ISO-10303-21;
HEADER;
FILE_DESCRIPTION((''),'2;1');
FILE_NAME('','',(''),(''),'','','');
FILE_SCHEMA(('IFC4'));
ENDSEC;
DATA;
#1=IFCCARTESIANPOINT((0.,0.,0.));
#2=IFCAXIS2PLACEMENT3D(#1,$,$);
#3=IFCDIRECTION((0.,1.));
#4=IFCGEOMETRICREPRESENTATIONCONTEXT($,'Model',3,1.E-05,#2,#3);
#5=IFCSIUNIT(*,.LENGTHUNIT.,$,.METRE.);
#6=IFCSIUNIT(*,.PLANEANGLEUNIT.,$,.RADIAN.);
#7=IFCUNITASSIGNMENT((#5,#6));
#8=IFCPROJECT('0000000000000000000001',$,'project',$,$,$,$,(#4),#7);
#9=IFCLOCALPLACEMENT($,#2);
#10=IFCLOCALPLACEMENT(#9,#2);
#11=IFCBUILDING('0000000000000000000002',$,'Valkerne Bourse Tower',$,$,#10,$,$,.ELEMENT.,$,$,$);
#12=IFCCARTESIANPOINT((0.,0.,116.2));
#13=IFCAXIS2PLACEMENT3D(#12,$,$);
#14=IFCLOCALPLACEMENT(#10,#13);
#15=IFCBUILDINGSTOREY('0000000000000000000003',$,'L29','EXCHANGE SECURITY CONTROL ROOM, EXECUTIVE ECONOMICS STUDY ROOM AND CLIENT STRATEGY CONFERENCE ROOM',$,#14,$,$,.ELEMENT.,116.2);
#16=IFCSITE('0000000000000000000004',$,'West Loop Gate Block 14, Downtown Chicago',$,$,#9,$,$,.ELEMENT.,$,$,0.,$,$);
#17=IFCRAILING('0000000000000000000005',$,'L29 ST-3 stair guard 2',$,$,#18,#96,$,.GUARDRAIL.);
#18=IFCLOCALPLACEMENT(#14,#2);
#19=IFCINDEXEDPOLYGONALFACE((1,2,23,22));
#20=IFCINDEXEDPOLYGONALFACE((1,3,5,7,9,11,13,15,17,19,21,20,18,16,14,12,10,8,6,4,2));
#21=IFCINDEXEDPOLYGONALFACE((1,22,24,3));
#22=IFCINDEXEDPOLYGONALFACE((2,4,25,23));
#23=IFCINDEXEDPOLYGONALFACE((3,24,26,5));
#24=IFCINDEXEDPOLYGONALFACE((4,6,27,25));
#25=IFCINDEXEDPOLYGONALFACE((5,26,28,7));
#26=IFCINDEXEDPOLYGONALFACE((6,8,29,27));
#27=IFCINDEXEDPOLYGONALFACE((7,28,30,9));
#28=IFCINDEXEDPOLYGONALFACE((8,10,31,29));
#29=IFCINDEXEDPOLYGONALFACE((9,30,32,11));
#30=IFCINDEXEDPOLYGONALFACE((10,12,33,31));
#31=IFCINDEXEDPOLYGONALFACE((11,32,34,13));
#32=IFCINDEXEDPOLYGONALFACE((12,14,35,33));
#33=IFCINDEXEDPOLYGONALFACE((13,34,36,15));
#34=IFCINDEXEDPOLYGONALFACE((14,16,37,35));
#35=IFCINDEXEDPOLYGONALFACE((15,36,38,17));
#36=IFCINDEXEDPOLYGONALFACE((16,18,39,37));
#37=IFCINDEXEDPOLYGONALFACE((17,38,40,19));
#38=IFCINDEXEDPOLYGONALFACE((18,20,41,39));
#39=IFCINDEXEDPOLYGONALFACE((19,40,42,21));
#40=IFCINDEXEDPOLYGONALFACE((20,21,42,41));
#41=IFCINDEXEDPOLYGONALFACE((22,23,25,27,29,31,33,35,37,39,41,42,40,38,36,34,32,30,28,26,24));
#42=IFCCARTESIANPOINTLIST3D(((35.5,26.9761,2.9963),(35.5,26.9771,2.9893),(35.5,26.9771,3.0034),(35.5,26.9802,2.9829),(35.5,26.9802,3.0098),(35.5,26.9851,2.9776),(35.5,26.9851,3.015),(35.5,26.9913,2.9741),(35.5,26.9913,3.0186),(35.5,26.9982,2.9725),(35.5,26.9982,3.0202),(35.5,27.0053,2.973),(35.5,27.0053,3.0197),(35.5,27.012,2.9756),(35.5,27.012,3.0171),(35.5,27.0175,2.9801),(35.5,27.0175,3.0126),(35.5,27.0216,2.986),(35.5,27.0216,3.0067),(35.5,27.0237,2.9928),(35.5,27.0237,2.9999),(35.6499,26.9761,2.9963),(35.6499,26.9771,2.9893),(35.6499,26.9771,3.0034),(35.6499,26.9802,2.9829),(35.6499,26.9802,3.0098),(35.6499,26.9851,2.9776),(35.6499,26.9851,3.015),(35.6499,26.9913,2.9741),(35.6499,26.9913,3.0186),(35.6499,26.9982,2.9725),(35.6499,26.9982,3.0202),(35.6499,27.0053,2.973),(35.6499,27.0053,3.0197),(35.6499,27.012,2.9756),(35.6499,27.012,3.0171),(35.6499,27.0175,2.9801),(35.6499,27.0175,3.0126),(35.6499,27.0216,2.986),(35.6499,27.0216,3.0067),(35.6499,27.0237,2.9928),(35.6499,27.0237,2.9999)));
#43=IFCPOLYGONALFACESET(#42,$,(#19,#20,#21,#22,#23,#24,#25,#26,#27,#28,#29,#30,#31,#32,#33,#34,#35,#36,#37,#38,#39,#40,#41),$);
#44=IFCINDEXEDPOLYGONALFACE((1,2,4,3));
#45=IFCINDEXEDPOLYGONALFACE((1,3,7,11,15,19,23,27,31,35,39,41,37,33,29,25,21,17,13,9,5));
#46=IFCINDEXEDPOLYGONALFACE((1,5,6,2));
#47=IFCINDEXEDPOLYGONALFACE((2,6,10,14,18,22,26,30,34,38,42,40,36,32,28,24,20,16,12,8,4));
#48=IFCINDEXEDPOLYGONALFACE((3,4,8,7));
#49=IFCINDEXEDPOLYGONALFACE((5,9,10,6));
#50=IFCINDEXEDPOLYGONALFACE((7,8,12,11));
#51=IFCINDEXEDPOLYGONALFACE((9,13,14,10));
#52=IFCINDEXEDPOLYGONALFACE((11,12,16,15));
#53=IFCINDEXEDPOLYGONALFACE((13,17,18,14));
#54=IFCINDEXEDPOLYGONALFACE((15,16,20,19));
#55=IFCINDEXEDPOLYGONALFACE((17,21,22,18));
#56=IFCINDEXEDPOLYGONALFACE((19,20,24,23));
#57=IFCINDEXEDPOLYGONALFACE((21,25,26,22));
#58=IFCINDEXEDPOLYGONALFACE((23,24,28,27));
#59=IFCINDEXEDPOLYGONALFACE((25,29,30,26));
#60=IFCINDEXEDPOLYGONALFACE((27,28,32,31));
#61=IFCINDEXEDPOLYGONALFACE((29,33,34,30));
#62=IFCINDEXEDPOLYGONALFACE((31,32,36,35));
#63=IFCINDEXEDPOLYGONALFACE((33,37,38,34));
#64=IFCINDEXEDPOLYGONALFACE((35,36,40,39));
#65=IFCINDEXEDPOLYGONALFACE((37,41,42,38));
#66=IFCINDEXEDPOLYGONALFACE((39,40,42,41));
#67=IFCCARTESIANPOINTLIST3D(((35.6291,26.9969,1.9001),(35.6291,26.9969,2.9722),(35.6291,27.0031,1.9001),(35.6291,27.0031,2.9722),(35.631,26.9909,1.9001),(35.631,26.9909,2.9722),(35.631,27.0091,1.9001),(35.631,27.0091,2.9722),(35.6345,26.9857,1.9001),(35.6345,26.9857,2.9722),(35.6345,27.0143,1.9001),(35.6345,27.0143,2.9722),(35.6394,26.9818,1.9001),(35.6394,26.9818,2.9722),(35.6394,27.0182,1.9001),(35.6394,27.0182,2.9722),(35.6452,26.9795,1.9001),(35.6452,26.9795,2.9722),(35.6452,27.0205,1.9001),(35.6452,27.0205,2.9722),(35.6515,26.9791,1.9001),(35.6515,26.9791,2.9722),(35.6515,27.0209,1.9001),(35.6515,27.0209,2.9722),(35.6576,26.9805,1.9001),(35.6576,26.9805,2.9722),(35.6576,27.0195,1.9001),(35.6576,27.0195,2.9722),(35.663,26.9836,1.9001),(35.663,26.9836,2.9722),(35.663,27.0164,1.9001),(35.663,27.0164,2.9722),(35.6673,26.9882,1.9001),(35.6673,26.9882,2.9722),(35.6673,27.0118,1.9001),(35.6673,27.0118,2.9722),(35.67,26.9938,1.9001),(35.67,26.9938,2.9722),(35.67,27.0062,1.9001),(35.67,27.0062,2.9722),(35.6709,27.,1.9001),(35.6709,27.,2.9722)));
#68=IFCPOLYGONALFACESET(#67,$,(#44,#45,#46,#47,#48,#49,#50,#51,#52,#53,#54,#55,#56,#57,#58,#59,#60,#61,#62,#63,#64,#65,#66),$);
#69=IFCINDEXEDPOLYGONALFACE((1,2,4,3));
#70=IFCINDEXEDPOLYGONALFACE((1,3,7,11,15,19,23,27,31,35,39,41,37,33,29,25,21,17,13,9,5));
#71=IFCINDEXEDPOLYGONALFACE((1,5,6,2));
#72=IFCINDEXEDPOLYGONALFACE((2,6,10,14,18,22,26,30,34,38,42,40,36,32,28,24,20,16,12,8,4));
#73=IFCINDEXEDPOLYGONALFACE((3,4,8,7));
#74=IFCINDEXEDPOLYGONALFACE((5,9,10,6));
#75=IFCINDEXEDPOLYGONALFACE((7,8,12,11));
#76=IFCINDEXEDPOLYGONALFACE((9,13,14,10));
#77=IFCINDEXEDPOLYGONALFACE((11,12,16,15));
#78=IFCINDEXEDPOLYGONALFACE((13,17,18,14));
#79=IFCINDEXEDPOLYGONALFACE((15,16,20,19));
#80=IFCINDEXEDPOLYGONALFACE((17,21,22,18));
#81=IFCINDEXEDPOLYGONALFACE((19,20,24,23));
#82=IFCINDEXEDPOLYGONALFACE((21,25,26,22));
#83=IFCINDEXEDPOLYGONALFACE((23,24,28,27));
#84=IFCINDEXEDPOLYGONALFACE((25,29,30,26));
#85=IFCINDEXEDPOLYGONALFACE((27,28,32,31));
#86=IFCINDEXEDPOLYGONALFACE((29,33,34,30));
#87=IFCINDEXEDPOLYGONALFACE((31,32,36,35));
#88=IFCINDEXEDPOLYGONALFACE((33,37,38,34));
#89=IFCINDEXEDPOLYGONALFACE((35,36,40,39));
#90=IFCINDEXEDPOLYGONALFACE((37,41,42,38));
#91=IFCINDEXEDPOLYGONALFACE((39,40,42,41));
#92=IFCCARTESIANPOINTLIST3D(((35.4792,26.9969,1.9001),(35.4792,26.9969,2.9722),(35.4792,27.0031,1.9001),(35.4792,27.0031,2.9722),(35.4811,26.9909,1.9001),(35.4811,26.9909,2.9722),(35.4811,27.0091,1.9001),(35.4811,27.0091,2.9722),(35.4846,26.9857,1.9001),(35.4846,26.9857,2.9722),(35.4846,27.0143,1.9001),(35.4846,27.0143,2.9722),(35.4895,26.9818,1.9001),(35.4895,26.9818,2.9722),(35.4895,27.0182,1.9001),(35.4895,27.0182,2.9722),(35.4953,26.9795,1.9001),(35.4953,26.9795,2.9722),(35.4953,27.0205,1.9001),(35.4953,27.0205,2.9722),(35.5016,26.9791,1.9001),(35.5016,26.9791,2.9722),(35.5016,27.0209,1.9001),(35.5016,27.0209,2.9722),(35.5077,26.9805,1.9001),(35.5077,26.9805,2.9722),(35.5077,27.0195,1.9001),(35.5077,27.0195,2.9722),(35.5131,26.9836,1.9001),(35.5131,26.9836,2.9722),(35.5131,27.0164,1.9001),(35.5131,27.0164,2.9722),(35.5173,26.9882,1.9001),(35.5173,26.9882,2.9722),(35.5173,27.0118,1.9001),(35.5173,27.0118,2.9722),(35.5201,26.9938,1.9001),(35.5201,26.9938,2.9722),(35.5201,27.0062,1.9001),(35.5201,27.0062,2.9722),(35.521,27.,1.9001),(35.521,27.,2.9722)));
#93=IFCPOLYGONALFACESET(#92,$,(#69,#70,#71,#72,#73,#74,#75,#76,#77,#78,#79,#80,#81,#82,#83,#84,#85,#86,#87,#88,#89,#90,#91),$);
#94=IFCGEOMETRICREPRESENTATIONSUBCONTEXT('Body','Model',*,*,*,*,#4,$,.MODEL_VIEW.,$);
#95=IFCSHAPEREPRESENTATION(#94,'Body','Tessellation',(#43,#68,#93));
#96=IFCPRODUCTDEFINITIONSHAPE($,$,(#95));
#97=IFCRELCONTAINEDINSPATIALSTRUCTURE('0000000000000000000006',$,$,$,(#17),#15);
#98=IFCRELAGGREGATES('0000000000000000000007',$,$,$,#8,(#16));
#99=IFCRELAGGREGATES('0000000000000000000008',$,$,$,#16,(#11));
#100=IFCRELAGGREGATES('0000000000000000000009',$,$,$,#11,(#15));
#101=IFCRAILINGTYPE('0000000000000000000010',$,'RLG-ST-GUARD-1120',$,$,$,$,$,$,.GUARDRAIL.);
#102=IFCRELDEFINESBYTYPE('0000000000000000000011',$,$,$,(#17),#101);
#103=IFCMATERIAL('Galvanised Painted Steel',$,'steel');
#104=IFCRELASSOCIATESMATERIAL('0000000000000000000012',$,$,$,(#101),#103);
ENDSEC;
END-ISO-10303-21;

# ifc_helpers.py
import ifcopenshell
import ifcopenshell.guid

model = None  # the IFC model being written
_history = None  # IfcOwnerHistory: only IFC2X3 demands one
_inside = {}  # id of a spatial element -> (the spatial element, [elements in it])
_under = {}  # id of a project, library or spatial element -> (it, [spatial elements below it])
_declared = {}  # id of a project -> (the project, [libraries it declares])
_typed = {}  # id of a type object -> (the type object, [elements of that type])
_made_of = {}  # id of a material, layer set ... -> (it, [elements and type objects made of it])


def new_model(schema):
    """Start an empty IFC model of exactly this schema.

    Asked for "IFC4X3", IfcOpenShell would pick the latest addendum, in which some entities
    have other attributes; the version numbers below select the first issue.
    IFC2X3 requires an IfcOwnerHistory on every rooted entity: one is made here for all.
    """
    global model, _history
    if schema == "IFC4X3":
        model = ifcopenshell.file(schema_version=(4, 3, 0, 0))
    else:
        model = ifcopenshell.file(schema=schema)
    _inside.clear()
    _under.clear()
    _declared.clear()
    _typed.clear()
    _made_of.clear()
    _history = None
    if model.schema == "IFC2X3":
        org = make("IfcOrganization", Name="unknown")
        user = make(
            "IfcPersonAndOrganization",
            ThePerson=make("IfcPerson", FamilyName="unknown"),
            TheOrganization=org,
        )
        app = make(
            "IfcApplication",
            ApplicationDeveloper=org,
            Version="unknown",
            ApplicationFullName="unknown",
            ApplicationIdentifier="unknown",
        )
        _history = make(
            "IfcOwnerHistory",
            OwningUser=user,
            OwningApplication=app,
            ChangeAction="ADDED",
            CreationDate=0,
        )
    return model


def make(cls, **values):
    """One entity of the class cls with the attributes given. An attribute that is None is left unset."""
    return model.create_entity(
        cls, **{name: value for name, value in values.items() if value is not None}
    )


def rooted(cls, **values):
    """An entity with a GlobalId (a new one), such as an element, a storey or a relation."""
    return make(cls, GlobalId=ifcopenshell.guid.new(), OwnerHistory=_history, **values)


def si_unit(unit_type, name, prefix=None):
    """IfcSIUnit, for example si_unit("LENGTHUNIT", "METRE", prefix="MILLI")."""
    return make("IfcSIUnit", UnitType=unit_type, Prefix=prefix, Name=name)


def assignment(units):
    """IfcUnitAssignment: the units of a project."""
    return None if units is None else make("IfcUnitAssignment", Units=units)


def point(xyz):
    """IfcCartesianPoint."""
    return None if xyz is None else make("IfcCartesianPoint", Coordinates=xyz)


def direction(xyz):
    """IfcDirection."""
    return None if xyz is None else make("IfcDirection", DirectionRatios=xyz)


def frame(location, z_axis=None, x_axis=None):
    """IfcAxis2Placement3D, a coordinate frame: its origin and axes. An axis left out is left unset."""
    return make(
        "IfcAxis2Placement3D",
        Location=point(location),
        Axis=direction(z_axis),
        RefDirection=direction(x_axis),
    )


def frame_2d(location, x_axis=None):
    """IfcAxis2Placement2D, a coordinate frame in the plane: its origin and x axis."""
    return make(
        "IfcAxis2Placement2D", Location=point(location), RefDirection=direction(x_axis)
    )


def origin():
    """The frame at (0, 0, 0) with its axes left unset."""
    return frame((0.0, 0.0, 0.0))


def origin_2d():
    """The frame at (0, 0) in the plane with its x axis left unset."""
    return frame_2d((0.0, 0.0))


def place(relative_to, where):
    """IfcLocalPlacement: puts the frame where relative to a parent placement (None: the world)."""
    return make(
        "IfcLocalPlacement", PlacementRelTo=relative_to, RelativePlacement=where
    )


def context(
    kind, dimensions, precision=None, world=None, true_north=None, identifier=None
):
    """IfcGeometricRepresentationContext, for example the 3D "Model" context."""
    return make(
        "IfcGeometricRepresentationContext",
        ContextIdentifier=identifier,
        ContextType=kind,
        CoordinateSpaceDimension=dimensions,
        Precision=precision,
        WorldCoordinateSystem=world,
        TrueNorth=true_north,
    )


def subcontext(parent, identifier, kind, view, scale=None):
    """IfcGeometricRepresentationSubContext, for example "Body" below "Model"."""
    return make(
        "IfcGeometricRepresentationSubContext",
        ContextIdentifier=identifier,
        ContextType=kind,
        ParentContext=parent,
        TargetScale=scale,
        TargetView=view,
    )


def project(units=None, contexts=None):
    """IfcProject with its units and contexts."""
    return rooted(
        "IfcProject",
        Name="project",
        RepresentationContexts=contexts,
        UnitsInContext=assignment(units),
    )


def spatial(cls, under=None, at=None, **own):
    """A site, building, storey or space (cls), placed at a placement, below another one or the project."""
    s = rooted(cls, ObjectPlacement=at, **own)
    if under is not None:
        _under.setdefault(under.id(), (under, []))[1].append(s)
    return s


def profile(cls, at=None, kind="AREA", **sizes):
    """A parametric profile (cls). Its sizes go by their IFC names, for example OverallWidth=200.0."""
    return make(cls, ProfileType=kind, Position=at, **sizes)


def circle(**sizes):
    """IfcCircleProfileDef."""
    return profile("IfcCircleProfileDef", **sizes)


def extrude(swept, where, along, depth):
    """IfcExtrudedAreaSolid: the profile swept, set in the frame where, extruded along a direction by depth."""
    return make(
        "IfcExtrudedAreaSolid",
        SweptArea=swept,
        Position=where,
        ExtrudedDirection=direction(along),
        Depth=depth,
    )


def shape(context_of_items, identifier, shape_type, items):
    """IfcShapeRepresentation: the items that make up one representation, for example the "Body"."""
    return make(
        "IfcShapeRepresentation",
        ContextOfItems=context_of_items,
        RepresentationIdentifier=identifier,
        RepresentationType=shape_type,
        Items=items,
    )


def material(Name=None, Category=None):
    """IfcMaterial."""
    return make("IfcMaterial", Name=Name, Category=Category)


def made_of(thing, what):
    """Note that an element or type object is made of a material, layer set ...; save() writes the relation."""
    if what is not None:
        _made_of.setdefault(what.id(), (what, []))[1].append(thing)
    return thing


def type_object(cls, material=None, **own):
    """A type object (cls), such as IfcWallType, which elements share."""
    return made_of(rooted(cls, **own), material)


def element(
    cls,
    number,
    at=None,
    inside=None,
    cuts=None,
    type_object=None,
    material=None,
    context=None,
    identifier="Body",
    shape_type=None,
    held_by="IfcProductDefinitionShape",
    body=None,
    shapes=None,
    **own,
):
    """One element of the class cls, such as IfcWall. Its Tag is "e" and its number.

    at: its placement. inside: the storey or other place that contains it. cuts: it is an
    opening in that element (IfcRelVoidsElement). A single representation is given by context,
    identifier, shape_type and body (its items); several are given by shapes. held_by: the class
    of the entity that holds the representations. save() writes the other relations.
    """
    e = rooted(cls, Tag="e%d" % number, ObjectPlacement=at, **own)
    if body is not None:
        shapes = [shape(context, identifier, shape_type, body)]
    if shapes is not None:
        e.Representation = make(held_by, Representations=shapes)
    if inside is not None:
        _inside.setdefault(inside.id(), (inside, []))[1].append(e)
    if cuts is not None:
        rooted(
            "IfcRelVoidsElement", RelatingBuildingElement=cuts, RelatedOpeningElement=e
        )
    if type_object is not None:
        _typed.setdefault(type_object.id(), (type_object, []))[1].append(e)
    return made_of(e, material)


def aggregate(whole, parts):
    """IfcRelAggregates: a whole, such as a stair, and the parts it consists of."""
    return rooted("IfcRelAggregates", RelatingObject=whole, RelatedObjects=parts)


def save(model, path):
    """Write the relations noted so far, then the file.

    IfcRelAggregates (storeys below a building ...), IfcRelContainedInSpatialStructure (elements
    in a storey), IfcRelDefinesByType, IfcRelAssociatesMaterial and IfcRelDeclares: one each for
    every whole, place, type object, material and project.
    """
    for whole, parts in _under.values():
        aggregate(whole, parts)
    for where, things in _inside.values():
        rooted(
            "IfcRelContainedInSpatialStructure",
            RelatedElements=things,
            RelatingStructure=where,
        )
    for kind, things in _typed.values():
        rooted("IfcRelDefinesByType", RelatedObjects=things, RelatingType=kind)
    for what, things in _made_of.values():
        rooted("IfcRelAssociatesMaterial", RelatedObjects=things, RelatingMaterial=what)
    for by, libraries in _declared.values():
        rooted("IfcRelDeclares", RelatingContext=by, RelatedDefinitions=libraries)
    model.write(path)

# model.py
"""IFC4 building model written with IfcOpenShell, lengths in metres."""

from ifc_helpers import new_model, si_unit, direction, frame, origin, origin_2d, place, context, subcontext, project, spatial, circle, extrude, material, type_object, element, save


model = new_model("IFC4")

# Units and contexts
model_context = context("Model", 3, precision=1e-05, world=origin(), true_north=direction((0.0, 1.0)))
body_context = subcontext(model_context, "Body", "Model", "MODEL_VIEW")
ifc_project = project(units=[si_unit("LENGTHUNIT", "METRE"), si_unit("PLANEANGLEUNIT", "RADIAN")], contexts=[model_context])

# Site, building, storey
site_placement = place(None, origin())
site = spatial("IfcSite", under=ifc_project, at=site_placement, Name="West Loop Gate Block 14, Downtown Chicago", CompositionType="ELEMENT", RefElevation=0.0)
building_placement = place(site_placement, origin())
building = spatial("IfcBuilding", under=site, at=building_placement, Name="Valkerne Bourse Tower", CompositionType="ELEMENT")
storey_placement = place(building_placement, frame((0.0, 0.0, 116.2)))
storey = spatial("IfcBuildingStorey", under=building, at=storey_placement, Name="L29", Description="EXCHANGE SECURITY CONTROL ROOM, EXECUTIVE ECONOMICS STUDY ROOM AND CLIENT STRATEGY CONFERENCE ROOM", CompositionType="ELEMENT", Elevation=116.2)

# Railing
ifc_material_1 = material(Name="Galvanised Painted Steel", Category="steel")
railing_type_1 = type_object("IfcRailingType", Name="RLG-ST-GUARD-1120", PredefinedType="GUARDRAIL", material=ifc_material_1)
railing_1_placement = place(storey_placement, frame((35.6499, 27.0, 1.9001)))
element("IfcRailing", 1, at=railing_1_placement, inside=storey, type_object=railing_type_1, Name="L29 ST-3 stair guard 2", PredefinedType="GUARDRAIL", context=body_context, shape_type="SweptSolid", body=[
    extrude(circle(Radius=0.0239, at=origin_2d()), frame((0.0, 0.0, 1.0962), z_axis=(-1.0, 0.0, 0.0), x_axis=(0.0, -1.0, 0.0)), (0.0, 0.0, 1.0), 0.1499),
    extrude(circle(Radius=0.021, at=origin_2d()), origin(), (0.0, 0.0, 1.0), 1.072),
    extrude(circle(Radius=0.021, at=origin_2d()), frame((-0.1499, 0.0, 0.0)), (0.0, 0.0, 1.0), 1.072),
])

save(model, "model.ifc")
